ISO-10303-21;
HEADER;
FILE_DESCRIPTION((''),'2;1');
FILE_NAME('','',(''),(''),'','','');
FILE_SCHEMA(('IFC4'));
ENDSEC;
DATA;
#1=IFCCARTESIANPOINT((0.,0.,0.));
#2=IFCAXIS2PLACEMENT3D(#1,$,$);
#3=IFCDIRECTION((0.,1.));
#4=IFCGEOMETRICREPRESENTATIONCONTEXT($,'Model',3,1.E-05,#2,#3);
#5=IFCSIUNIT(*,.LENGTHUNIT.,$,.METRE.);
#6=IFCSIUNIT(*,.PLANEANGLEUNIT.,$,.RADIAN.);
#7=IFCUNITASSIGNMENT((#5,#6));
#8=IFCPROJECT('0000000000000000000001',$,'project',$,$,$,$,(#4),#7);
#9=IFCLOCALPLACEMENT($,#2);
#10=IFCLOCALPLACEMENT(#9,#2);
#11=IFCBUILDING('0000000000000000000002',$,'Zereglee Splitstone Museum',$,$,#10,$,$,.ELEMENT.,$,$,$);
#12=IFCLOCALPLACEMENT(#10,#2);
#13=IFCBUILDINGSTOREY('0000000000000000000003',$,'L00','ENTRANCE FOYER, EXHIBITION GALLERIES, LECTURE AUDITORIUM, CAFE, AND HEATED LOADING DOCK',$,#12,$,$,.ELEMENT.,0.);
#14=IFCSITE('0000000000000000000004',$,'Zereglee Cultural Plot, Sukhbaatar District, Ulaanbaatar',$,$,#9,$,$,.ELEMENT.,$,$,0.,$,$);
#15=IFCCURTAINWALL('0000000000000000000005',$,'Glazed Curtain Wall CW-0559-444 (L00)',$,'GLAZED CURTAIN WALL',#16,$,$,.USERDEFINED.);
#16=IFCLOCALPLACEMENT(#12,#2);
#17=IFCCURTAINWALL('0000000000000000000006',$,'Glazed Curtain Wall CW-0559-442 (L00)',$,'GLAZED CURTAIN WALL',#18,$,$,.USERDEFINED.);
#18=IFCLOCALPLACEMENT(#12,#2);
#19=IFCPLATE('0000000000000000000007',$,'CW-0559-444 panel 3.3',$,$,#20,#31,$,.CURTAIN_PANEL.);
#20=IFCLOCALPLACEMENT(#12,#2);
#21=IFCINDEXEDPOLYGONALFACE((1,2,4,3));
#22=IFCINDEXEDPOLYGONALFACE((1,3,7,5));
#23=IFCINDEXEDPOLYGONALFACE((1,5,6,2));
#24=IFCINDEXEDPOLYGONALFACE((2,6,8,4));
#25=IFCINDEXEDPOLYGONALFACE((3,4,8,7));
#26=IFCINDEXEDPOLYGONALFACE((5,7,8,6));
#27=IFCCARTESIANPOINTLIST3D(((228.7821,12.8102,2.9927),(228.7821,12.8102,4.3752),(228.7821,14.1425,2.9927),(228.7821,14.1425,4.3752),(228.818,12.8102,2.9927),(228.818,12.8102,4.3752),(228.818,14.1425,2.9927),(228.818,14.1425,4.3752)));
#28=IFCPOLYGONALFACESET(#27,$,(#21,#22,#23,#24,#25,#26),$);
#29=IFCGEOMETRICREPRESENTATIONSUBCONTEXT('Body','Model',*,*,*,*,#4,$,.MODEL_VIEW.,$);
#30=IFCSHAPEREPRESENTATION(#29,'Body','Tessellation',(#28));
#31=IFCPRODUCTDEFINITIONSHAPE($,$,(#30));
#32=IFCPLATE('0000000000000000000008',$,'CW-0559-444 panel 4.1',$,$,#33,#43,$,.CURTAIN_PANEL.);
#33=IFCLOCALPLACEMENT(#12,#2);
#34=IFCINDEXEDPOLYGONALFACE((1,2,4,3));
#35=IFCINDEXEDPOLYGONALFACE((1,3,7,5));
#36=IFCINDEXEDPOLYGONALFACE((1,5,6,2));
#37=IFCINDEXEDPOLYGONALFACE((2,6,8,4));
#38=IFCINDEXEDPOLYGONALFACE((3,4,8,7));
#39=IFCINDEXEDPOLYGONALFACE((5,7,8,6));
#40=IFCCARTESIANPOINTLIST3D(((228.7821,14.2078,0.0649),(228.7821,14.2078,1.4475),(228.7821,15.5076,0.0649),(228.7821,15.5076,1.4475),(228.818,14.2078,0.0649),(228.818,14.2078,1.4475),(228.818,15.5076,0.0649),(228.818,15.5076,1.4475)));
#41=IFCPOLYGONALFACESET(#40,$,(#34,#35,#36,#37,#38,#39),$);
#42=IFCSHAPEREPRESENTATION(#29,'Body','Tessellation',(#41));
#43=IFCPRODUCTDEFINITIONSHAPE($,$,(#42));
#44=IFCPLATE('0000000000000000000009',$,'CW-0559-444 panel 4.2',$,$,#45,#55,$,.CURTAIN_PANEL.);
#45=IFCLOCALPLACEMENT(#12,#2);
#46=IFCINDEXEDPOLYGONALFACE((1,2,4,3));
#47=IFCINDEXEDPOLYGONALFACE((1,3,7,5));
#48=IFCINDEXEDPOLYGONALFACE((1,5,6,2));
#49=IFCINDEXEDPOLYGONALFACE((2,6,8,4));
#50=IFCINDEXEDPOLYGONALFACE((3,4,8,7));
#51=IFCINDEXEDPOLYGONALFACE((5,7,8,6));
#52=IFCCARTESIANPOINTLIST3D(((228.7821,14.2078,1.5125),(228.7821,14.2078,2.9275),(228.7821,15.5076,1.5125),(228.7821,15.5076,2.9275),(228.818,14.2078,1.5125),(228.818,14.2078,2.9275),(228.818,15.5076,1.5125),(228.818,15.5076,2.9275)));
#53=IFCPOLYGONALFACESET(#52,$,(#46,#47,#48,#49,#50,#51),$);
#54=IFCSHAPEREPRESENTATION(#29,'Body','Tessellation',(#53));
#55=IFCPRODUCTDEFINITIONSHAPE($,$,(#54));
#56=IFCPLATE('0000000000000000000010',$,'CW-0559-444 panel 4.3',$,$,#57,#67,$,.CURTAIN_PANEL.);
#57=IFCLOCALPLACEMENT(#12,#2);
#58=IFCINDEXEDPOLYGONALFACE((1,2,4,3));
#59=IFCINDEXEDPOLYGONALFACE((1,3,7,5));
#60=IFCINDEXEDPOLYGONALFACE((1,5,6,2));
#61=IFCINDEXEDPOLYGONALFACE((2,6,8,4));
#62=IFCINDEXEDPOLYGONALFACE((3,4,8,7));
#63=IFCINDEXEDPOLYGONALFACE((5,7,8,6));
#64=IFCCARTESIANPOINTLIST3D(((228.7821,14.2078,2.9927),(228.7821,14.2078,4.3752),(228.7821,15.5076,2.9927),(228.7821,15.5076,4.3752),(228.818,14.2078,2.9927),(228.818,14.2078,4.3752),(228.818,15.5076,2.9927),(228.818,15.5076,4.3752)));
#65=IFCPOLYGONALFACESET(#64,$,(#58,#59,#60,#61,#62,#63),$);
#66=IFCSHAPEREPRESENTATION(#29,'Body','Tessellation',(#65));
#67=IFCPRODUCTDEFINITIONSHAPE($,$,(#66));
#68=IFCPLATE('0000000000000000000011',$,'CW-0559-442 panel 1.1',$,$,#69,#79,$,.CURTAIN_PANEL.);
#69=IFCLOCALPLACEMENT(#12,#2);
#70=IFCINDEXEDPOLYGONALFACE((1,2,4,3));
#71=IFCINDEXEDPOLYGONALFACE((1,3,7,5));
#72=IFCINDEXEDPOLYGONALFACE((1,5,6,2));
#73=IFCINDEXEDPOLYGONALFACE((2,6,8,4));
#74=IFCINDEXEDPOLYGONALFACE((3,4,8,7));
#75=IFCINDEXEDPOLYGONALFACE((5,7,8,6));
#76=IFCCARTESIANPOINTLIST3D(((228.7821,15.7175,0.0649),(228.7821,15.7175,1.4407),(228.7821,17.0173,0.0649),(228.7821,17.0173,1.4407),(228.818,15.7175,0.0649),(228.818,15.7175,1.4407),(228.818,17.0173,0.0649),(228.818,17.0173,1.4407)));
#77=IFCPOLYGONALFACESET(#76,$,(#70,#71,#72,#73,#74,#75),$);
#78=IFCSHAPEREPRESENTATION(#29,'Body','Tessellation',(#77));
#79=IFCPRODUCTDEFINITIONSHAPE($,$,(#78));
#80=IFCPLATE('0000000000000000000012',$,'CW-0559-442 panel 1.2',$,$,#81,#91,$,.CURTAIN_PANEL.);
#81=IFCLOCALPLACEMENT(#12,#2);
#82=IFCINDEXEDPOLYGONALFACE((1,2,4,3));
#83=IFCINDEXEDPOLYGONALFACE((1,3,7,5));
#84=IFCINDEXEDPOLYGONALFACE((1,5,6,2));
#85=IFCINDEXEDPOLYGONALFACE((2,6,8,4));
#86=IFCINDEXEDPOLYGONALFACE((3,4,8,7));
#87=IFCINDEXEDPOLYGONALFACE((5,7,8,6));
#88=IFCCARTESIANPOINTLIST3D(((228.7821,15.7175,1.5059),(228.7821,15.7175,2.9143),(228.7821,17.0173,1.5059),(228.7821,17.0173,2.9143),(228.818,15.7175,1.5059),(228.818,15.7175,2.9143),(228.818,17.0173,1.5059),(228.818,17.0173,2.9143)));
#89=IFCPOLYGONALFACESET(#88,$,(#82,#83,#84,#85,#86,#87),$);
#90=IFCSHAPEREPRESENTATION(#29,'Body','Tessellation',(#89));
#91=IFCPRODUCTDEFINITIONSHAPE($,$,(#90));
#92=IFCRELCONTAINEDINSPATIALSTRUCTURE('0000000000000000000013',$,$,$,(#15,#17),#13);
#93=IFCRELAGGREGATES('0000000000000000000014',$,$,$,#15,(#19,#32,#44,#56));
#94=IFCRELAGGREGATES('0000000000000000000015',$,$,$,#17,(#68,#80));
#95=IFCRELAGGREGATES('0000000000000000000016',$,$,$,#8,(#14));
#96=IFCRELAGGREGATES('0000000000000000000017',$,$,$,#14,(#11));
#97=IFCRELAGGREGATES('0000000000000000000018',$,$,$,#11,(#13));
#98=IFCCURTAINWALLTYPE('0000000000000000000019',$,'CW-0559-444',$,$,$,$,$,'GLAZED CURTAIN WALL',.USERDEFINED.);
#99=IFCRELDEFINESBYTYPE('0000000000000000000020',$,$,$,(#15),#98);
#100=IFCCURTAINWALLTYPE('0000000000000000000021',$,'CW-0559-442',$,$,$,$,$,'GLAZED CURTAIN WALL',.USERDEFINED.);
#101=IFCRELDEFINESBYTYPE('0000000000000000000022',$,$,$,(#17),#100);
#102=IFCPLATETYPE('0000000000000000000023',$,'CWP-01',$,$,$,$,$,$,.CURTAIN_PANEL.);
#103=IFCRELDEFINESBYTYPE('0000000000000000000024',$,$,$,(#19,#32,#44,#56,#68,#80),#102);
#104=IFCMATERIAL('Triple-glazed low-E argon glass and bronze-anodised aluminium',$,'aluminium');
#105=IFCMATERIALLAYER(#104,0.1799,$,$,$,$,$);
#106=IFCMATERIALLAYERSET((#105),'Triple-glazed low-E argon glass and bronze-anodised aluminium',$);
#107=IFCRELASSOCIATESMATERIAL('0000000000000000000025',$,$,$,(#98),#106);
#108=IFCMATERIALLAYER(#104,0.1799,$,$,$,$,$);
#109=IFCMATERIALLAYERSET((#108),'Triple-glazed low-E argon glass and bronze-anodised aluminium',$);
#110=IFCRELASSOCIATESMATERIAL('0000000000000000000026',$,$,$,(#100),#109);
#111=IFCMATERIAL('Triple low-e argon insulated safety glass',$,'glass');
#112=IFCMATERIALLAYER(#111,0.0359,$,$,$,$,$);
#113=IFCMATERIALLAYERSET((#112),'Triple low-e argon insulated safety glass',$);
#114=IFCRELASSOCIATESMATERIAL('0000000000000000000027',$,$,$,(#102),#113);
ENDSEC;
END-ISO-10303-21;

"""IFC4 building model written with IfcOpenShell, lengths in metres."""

from ifc_helpers import new_model, si_unit, direction, frame, origin, origin_2d, place, context, subcontext, project, spatial, rectangle, extrude, material, layer, layer_set, type_object, element, aggregate, save


model = new_model("IFC4")

# Units and contexts
model_context = context("Model", 3, precision=1e-05, world=origin(), true_north=direction((0.0, 1.0)))
body_context = subcontext(model_context, "Body", "Model", "MODEL_VIEW")
ifc_project = project(units=[si_unit("LENGTHUNIT", "METRE"), si_unit("PLANEANGLEUNIT", "RADIAN")], contexts=[model_context])

# Site, building, storey
site_placement = place(None, origin())
site = spatial("IfcSite", under=ifc_project, at=site_placement, Name="Zereglee Cultural Plot, Sukhbaatar District, Ulaanbaatar", CompositionType="ELEMENT", RefElevation=0.0)
building_placement = place(site_placement, origin())
building = spatial("IfcBuilding", under=site, at=building_placement, Name="Zereglee Splitstone Museum", CompositionType="ELEMENT")
storey_placement = place(building_placement, origin())
storey = spatial("IfcBuildingStorey", under=building, at=storey_placement, Name="L00", Description="ENTRANCE FOYER, EXHIBITION GALLERIES, LECTURE AUDITORIUM, CAFE, AND HEATED LOADING DOCK", CompositionType="ELEMENT", Elevation=0.0)

# Curtain wall
ifc_material_1 = material(Name="Triple-glazed low-E argon glass and bronze-anodised aluminium", Category="aluminium")
ifc_layer_1 = layer(ifc_material_1, 0.1799)
ifc_layer_set_1 = layer_set([ifc_layer_1], Name="Triple-glazed low-E argon glass and bronze-anodised aluminium")
curtain_wall_type_1 = type_object("IfcCurtainWallType", Name="CW-0559-444", ElementType="GLAZED CURTAIN WALL", PredefinedType="USERDEFINED", material=ifc_layer_set_1)
curtain_wall_1_placement = place(storey_placement, origin())
curtain_wall_1 = element("IfcCurtainWall", 1, at=curtain_wall_1_placement, inside=storey, type_object=curtain_wall_type_1, Name="Glazed Curtain Wall CW-0559-444 (L00)", ObjectType="GLAZED CURTAIN WALL", PredefinedType="USERDEFINED")

# Curtain wall
ifc_layer_2 = layer(ifc_material_1, 0.1799)
ifc_layer_set_2 = layer_set([ifc_layer_2], Name="Triple-glazed low-E argon glass and bronze-anodised aluminium")
curtain_wall_type_2 = type_object("IfcCurtainWallType", Name="CW-0559-442", ElementType="GLAZED CURTAIN WALL", PredefinedType="USERDEFINED", material=ifc_layer_set_2)
curtain_wall_2_placement = place(storey_placement, origin())
curtain_wall_2 = element("IfcCurtainWall", 2, at=curtain_wall_2_placement, inside=storey, type_object=curtain_wall_type_2, Name="Glazed Curtain Wall CW-0559-442 (L00)", ObjectType="GLAZED CURTAIN WALL", PredefinedType="USERDEFINED")

# Plates
ifc_material_2 = material(Name="Triple low-e argon insulated safety glass", Category="glass")
ifc_layer_3 = layer(ifc_material_2, 0.0359)
ifc_layer_set_3 = layer_set([ifc_layer_3], Name="Triple low-e argon insulated safety glass")
plate_type = type_object("IfcPlateType", Name="CWP-01", PredefinedType="CURTAIN_PANEL", material=ifc_layer_set_3)
plate_1_placement = place(storey_placement, frame((228.8, 13.4763, 2.9927), z_axis=(0.0, 0.0, 1.0), x_axis=(0.0, 1.0, 0.0)))
plate_1 = element("IfcPlate", 3, at=plate_1_placement, type_object=plate_type, Name="CW-0559-444 panel 3.3", PredefinedType="CURTAIN_PANEL", context=body_context, shape_type="SweptSolid", body=[
    extrude(rectangle(XDim=1.3323, YDim=0.0359, at=origin_2d()), origin(), (0.0, 0.0, 1.0), 1.3826),
])
plate_2_placement = place(storey_placement, frame((228.8, 14.8577, 0.0649), z_axis=(0.0, 0.0, 1.0), x_axis=(0.0, 1.0, 0.0)))
plate_2 = element("IfcPlate", 4, at=plate_2_placement, type_object=plate_type, Name="CW-0559-444 panel 4.1", PredefinedType="CURTAIN_PANEL", context=body_context, shape_type="SweptSolid", body=[
    extrude(rectangle(XDim=1.2998, YDim=0.0359, at=origin_2d()), origin(), (0.0, 0.0, 1.0), 1.3826),
])
plate_3_placement = place(storey_placement, frame((228.8, 14.8577, 1.5125), z_axis=(0.0, 0.0, 1.0), x_axis=(0.0, 1.0, 0.0)))
plate_3 = element("IfcPlate", 5, at=plate_3_placement, type_object=plate_type, Name="CW-0559-444 panel 4.2", PredefinedType="CURTAIN_PANEL", context=body_context, shape_type="SweptSolid", body=[
    extrude(rectangle(XDim=1.2998, YDim=0.0359, at=origin_2d()), origin(), (0.0, 0.0, 1.0), 1.415),
])
plate_4_placement = place(storey_placement, frame((228.8, 14.8577, 2.9927), z_axis=(0.0, 0.0, 1.0), x_axis=(0.0, 1.0, 0.0)))
plate_4 = element("IfcPlate", 6, at=plate_4_placement, type_object=plate_type, Name="CW-0559-444 panel 4.3", PredefinedType="CURTAIN_PANEL", context=body_context, shape_type="SweptSolid", body=[
    extrude(rectangle(XDim=1.2998, YDim=0.0359, at=origin_2d()), origin(), (0.0, 0.0, 1.0), 1.3826),
])
aggregate(curtain_wall_1, [plate_1, plate_2, plate_3, plate_4])
plate_5_placement = place(storey_placement, frame((228.8, 16.3674, 0.0649), z_axis=(0.0, 0.0, 1.0), x_axis=(0.0, 1.0, 0.0)))
plate_5 = element("IfcPlate", 7, at=plate_5_placement, type_object=plate_type, Name="CW-0559-442 panel 1.1", PredefinedType="CURTAIN_PANEL", context=body_context, shape_type="SweptSolid", body=[
    extrude(rectangle(XDim=1.2998, YDim=0.0359, at=origin_2d()), origin(), (0.0, 0.0, 1.0), 1.3757),
])
plate_6_placement = place(storey_placement, frame((228.8, 16.3674, 1.5059), z_axis=(0.0, 0.0, 1.0), x_axis=(0.0, 1.0, 0.0)))
plate_6 = element("IfcPlate", 8, at=plate_6_placement, type_object=plate_type, Name="CW-0559-442 panel 1.2", PredefinedType="CURTAIN_PANEL", context=body_context, shape_type="SweptSolid", body=[
    extrude(rectangle(XDim=1.2998, YDim=0.0359, at=origin_2d()), origin(), (0.0, 0.0, 1.0), 1.4084),
])
aggregate(curtain_wall_2, [plate_5, plate_6])

save(model, "model.ifc")
